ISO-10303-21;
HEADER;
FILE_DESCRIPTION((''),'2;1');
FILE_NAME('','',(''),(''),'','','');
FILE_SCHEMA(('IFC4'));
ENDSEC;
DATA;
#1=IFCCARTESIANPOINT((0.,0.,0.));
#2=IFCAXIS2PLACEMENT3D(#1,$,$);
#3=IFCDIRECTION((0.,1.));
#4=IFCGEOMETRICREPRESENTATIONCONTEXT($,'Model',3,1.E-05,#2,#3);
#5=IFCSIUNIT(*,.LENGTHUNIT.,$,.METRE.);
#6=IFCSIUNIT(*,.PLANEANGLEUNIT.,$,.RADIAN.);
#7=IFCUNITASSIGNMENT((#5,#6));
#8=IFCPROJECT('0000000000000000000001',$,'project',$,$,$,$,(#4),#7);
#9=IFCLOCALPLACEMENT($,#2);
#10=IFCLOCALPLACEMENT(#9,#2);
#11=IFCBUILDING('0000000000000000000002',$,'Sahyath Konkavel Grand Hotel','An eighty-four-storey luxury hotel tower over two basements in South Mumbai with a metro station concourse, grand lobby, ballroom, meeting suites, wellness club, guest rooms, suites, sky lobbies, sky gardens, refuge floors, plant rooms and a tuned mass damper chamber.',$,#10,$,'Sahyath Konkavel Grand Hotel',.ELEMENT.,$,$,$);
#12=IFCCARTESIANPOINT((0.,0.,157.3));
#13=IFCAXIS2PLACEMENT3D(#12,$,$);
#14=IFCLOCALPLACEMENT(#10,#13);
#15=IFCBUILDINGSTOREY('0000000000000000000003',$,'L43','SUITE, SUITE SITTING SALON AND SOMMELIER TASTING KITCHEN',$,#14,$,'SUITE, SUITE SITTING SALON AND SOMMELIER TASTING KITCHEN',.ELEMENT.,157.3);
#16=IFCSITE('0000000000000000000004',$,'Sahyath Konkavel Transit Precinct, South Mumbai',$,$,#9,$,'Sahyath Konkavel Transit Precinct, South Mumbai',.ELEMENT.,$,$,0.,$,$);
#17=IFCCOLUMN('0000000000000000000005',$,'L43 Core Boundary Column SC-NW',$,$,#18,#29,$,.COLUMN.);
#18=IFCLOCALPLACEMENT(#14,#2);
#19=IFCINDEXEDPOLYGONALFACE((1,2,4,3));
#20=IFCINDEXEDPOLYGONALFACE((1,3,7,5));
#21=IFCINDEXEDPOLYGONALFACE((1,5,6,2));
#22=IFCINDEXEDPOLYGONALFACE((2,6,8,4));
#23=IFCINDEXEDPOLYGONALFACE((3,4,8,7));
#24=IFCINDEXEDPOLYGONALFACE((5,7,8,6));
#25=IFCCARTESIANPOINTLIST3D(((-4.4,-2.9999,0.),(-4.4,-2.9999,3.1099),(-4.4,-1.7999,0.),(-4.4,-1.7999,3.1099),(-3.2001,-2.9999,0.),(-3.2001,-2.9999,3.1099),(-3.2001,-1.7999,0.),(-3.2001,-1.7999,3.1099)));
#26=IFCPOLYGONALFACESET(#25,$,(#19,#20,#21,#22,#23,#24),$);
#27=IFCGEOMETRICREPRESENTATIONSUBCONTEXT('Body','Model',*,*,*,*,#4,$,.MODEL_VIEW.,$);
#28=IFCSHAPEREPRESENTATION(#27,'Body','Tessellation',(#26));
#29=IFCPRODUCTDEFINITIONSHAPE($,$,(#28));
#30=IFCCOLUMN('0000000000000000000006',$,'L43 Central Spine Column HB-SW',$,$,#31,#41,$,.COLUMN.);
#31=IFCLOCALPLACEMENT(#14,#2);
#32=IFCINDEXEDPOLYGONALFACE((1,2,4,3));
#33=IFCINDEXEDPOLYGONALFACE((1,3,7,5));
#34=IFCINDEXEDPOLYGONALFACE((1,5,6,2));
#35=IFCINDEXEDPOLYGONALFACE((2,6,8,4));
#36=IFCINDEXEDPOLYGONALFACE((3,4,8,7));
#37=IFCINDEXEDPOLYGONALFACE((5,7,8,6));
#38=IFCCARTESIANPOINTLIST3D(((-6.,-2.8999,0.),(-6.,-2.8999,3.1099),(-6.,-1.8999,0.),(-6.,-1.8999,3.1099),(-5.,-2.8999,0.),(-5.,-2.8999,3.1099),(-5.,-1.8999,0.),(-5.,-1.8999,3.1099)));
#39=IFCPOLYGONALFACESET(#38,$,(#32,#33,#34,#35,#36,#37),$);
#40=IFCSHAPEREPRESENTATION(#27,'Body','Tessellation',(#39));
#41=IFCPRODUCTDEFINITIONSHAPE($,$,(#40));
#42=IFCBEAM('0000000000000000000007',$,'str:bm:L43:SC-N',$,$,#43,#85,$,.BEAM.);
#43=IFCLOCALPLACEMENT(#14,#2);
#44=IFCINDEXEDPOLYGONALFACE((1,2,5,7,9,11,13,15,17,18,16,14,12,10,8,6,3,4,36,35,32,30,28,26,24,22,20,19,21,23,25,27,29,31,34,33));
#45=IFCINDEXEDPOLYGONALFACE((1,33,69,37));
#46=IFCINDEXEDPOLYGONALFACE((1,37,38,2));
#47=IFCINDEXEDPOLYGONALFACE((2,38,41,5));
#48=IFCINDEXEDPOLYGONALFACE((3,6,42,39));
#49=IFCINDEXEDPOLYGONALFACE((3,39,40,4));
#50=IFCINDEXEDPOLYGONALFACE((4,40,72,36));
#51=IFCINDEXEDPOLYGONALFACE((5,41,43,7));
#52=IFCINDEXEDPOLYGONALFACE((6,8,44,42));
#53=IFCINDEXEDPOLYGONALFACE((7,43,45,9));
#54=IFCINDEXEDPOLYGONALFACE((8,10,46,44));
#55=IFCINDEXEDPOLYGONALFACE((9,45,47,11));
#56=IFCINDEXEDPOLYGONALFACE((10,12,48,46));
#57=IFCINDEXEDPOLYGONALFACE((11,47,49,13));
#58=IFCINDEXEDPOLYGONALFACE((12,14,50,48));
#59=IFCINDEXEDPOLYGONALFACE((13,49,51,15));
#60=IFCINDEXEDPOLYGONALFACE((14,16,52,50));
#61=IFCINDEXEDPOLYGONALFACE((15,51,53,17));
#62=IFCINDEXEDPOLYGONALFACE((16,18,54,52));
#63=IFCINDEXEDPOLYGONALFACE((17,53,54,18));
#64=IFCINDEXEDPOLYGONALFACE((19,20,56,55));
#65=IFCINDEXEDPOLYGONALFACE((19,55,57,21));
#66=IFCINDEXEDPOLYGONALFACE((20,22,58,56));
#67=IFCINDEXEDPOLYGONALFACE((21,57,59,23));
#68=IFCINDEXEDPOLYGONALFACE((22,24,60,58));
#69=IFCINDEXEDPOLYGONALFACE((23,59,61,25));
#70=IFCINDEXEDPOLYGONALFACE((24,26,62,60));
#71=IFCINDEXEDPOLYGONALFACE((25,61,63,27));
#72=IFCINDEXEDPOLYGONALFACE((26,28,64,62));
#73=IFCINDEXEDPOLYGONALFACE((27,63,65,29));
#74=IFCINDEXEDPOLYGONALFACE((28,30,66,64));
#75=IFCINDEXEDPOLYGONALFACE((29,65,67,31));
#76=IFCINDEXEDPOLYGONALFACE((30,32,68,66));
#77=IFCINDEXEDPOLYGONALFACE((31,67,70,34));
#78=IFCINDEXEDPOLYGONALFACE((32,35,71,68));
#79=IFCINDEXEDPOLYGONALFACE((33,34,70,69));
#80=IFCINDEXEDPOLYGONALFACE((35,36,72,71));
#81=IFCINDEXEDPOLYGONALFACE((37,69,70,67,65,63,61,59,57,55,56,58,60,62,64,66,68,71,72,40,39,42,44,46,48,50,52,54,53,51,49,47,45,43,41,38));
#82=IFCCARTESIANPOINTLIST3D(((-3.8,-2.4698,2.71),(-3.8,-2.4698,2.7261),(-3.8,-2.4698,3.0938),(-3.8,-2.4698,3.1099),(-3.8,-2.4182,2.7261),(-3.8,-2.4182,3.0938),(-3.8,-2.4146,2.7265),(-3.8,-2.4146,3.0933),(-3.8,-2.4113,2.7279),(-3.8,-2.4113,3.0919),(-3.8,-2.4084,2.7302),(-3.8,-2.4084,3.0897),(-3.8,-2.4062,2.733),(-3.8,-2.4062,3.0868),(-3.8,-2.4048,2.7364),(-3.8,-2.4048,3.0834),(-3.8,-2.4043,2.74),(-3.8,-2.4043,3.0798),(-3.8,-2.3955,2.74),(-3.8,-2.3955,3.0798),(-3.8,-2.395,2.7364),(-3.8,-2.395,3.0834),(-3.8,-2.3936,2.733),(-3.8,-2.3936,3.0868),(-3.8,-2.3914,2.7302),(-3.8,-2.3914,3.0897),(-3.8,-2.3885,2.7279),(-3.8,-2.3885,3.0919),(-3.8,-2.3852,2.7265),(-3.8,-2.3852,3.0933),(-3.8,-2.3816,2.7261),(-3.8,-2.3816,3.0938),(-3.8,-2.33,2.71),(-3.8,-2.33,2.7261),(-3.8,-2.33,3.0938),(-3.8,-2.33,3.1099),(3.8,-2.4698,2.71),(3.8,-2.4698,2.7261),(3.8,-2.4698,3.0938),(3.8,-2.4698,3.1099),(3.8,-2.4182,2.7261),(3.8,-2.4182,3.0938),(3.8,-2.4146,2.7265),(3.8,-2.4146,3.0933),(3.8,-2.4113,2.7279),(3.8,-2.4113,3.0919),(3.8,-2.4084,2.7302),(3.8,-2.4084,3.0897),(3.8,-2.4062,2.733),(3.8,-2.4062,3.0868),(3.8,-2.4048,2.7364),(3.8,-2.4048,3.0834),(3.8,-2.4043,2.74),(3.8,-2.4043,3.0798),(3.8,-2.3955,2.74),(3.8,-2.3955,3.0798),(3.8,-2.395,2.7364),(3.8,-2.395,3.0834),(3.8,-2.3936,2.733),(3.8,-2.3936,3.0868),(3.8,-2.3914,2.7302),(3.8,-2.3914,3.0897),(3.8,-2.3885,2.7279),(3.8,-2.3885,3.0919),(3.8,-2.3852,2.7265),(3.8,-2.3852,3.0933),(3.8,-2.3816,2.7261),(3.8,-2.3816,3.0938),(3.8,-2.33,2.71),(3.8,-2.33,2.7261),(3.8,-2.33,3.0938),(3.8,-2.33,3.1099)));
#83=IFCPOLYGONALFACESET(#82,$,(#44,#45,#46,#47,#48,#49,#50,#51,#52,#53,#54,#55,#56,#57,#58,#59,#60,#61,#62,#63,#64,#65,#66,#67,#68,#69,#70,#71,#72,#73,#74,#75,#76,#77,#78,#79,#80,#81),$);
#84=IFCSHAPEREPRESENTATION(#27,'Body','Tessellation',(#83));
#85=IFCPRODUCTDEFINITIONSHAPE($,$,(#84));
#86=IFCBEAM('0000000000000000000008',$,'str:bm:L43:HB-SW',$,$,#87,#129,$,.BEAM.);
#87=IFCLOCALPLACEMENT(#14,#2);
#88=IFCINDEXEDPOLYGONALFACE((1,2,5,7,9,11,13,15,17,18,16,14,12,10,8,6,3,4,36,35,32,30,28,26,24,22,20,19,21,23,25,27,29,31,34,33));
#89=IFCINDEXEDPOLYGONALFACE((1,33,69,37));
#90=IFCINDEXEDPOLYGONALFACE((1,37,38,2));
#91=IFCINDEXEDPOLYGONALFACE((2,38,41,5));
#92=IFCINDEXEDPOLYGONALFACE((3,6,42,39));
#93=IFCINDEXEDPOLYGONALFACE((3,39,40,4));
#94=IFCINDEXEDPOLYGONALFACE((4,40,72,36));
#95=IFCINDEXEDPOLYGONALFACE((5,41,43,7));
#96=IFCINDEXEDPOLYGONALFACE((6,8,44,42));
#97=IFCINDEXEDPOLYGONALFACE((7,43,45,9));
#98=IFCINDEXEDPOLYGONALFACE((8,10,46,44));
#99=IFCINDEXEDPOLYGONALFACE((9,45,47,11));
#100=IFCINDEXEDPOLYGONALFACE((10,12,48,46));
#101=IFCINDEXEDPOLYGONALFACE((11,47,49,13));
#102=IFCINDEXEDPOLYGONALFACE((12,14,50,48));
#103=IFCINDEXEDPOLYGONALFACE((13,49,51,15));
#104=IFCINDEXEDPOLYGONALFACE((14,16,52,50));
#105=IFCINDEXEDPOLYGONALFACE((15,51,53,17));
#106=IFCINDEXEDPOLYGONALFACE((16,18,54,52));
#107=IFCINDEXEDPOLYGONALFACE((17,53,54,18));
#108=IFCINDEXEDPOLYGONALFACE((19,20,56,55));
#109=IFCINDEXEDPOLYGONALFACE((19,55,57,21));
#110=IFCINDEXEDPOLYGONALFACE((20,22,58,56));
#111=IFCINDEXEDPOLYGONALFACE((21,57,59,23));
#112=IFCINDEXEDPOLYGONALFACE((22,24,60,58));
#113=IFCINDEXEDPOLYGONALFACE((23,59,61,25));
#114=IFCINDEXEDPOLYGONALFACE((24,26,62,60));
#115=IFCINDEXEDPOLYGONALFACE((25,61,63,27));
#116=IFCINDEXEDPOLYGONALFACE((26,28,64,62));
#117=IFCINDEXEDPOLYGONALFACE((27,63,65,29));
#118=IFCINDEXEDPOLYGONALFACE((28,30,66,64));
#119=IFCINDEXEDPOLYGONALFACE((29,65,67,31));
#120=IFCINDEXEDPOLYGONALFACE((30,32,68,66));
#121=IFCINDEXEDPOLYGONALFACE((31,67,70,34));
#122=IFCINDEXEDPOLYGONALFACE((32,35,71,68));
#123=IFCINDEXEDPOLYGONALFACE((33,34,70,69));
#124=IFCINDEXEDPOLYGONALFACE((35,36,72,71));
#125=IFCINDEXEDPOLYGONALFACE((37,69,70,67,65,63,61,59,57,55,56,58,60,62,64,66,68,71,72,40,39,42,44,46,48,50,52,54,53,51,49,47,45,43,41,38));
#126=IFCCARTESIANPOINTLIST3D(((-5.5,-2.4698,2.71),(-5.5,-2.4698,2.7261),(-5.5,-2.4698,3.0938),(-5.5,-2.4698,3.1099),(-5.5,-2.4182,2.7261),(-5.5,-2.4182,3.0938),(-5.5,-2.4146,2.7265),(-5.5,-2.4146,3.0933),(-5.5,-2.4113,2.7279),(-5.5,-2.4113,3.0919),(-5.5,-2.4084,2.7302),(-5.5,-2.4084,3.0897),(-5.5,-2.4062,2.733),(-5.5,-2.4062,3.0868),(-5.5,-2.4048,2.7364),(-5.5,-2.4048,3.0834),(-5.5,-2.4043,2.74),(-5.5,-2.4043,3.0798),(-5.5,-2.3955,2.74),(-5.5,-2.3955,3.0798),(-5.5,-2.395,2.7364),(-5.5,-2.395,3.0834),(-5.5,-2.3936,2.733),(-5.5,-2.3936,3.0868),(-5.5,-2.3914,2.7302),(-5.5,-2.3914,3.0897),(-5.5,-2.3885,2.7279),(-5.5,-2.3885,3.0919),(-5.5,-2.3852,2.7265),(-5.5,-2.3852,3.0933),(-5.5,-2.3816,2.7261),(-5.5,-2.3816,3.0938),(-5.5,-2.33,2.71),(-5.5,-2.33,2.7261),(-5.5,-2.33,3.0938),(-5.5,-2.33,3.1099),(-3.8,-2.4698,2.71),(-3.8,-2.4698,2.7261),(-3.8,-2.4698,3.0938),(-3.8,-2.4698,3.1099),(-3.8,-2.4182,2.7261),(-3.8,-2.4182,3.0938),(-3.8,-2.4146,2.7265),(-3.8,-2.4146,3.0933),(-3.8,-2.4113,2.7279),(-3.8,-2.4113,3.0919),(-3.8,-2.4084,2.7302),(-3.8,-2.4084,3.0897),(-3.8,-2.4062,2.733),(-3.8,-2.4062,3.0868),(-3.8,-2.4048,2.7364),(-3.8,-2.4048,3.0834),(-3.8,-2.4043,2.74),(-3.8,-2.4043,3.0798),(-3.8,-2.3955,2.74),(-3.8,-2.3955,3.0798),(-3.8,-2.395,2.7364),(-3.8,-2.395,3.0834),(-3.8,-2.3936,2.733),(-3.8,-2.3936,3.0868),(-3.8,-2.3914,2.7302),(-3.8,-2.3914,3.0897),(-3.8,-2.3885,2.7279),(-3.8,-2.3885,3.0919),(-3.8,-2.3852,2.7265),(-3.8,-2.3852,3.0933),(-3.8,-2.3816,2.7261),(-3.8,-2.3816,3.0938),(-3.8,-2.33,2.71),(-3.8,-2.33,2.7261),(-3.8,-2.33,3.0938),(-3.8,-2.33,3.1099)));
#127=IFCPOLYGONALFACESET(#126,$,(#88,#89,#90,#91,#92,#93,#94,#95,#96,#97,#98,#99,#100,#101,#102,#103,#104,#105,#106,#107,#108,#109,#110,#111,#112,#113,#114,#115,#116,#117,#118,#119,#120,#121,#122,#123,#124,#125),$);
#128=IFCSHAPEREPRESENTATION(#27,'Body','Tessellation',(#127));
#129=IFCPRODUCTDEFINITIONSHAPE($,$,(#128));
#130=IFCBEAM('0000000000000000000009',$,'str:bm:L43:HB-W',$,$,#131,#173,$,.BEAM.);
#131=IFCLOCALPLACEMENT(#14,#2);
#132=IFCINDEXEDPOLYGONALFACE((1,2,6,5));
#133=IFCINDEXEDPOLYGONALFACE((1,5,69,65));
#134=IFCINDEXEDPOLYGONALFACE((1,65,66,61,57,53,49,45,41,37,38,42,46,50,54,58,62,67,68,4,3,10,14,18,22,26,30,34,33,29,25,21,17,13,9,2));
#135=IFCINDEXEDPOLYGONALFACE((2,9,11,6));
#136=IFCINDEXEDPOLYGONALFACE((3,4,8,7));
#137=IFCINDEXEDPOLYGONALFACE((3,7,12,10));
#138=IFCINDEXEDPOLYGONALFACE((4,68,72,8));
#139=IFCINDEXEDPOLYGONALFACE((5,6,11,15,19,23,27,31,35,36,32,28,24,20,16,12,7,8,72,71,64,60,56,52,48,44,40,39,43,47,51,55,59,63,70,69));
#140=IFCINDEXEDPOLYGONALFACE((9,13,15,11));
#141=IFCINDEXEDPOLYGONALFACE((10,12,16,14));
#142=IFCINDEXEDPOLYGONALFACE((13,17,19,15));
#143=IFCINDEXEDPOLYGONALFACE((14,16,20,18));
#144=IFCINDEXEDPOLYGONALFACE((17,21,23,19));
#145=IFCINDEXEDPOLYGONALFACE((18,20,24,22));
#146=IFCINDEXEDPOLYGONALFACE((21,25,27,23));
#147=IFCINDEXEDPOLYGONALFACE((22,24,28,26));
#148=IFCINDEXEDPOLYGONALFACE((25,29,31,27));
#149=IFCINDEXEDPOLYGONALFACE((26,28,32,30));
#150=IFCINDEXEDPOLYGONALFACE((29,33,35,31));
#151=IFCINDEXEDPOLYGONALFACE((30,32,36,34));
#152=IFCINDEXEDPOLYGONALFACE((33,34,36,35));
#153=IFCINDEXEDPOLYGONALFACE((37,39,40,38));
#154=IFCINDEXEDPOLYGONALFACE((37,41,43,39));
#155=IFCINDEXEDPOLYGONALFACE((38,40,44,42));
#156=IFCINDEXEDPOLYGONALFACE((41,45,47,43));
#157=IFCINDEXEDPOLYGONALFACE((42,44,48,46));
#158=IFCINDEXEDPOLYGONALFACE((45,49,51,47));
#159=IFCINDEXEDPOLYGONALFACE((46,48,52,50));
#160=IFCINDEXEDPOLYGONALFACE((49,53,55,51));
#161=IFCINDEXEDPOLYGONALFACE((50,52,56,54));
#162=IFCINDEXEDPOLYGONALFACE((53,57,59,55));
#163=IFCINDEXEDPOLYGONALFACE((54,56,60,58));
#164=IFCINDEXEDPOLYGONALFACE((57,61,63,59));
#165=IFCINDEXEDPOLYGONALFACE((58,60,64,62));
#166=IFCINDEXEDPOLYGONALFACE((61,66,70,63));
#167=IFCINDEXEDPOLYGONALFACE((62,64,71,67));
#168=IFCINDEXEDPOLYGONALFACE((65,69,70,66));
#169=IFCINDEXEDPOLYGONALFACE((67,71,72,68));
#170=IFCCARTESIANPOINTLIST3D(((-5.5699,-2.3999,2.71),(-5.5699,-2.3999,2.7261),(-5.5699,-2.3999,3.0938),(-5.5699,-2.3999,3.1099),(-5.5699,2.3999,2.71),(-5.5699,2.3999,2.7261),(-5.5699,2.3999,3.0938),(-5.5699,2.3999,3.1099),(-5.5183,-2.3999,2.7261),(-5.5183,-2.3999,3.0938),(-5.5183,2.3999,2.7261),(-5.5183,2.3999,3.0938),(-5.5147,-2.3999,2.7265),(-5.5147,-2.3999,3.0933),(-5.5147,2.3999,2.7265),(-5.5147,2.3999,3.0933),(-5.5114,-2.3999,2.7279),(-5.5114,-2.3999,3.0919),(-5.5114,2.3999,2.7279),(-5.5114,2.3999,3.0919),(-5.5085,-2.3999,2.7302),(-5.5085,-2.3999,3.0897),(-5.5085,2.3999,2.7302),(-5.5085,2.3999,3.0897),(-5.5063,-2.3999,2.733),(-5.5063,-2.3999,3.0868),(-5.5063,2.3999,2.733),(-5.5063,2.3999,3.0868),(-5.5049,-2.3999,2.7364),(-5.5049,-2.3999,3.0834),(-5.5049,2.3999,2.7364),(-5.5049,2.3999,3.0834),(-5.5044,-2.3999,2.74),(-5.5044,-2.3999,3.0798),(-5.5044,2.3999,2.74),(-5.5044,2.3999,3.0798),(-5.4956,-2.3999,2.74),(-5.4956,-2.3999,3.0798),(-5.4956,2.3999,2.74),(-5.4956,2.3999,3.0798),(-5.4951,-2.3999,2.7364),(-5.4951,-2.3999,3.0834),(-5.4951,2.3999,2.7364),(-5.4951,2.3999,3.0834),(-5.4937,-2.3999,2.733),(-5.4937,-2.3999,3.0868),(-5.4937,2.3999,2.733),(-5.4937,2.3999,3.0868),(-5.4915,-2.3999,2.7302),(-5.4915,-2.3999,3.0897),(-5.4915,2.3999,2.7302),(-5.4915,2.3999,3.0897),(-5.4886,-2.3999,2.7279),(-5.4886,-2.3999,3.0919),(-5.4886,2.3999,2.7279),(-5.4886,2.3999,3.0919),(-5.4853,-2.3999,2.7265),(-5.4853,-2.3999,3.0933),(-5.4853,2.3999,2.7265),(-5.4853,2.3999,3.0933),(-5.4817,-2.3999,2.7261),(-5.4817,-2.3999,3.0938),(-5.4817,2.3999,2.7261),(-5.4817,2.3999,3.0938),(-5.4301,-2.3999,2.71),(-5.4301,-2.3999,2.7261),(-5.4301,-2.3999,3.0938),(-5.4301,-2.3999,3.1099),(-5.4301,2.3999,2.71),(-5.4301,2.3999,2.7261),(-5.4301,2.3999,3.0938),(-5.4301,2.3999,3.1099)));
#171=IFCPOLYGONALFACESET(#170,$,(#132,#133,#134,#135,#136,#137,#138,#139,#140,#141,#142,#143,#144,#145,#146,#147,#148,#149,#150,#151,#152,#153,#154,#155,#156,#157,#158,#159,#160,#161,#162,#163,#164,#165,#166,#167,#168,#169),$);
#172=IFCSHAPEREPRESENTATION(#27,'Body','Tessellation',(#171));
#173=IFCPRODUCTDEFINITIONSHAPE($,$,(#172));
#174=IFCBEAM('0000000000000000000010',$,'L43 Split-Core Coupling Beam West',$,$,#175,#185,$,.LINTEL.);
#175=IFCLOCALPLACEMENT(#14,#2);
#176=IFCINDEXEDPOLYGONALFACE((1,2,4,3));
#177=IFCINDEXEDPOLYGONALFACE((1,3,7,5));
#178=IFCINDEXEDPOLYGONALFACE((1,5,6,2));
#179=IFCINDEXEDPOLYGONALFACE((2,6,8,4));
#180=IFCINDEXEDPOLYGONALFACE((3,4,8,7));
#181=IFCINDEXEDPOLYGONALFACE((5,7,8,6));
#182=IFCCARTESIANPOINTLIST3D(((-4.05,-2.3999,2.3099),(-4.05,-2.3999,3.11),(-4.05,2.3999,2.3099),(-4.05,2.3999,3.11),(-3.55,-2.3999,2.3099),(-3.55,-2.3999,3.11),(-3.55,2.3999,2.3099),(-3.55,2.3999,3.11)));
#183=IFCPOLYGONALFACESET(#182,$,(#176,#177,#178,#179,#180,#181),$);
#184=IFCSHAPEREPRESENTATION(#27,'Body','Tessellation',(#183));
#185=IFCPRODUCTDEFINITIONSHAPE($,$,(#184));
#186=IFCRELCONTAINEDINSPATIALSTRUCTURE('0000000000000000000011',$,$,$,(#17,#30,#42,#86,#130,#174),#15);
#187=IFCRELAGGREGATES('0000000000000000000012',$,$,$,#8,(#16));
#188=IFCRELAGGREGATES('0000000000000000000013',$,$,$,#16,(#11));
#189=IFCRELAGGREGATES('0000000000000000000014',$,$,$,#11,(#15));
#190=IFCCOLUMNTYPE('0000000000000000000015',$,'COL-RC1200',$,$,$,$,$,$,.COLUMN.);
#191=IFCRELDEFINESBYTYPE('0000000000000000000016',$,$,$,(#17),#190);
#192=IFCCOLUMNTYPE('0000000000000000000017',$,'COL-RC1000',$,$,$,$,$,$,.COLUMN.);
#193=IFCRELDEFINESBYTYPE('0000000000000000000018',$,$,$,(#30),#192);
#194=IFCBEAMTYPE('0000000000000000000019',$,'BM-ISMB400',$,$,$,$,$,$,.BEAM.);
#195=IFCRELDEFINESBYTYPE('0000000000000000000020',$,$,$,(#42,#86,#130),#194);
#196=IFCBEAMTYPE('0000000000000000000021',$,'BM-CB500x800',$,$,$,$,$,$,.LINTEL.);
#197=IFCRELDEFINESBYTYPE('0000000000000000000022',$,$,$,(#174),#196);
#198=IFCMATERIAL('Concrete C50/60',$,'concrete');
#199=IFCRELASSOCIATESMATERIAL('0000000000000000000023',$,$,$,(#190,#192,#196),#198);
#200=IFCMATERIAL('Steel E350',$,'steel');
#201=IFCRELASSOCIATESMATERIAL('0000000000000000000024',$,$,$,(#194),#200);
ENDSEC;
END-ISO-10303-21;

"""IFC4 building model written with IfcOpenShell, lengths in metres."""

from ifc_helpers import new_model, si_unit, direction, frame, origin, origin_2d, place, context, subcontext, project, spatial, rectangle, i_section, extrude, source, transform, mapped, material, material_profile, profile_set, type_object, element, save


model = new_model("IFC4")

# Units and contexts
model_context = context("Model", 3, precision=1e-05, world=origin(), true_north=direction((0.0, 1.0)))
body_context = subcontext(model_context, "Body", "Model", "MODEL_VIEW")
ifc_project = project(units=[si_unit("LENGTHUNIT", "METRE"), si_unit("PLANEANGLEUNIT", "RADIAN")], contexts=[model_context])

# Site, building, storey
site_placement = place(None, origin())
site = spatial("IfcSite", under=ifc_project, at=site_placement, Name="Sahyath Konkavel Transit Precinct, South Mumbai", LongName="Sahyath Konkavel Transit Precinct, South Mumbai", CompositionType="ELEMENT", RefElevation=0.0)
building_placement = place(site_placement, origin())
building = spatial("IfcBuilding", under=site, at=building_placement, Name="Sahyath Konkavel Grand Hotel", Description="An eighty-four-storey luxury hotel tower over two basements in South Mumbai with a metro station concourse, grand lobby, ballroom, meeting suites, wellness club, guest rooms, suites, sky lobbies, sky gardens, refuge floors, plant rooms and a tuned mass damper chamber.", LongName="Sahyath Konkavel Grand Hotel", CompositionType="ELEMENT")
storey_placement = place(building_placement, frame((0.0, 0.0, 157.3)))
storey = spatial("IfcBuildingStorey", under=building, at=storey_placement, Name="L43", Description="SUITE, SUITE SITTING SALON AND SOMMELIER TASTING KITCHEN", LongName="SUITE, SUITE SITTING SALON AND SOMMELIER TASTING KITCHEN", CompositionType="ELEMENT", Elevation=157.3)

# Columns
ifc_material_1 = material(Name="Concrete C50/60", Category="concrete")
ifc_material_profile_1 = material_profile(ifc_material_1, rectangle(XDim=1.2, YDim=1.2, at=origin_2d()), Name="RC 1200x1200")
ifc_profile_set_1 = profile_set([ifc_material_profile_1], Name="Concrete C50/60")
column_type_1 = type_object("IfcColumnType", Name="COL-RC1200", PredefinedType="COLUMN", material=ifc_profile_set_1)
shared_shape_1 = source(origin(), body_context, "Body", "SweptSolid", [
    extrude(rectangle(XDim=1.2, YDim=1.2, at=origin_2d()), origin(), (0.0, 0.0, 1.0), 3.1099),
])
column_1_placement = place(storey_placement, frame((-3.8, -2.3999, 0.0), z_axis=(0.0, 0.0, 1.0), x_axis=(1.0, 0.0, 0.0)))
element("IfcColumn", 1, at=column_1_placement, inside=storey, type_object=column_type_1, Name="L43 Core Boundary Column SC-NW", PredefinedType="COLUMN", context=body_context, shape_type="MappedRepresentation", body=[
    mapped(shared_shape_1, transform((0.0, 0.0, 0.0), scale=1.0)),
])
ifc_material_profile_2 = material_profile(ifc_material_1, rectangle(XDim=1.0, YDim=1.0, at=origin_2d()), Name="RC 1000x1000")
ifc_profile_set_2 = profile_set([ifc_material_profile_2], Name="Concrete C50/60")
column_type_2 = type_object("IfcColumnType", Name="COL-RC1000", PredefinedType="COLUMN", material=ifc_profile_set_2)
shared_shape_2 = source(origin(), body_context, "Body", "SweptSolid", [
    extrude(rectangle(XDim=1.0, YDim=1.0, at=origin_2d()), origin(), (0.0, 0.0, 1.0), 3.1099),
])
column_2_placement = place(storey_placement, frame((-5.5, -2.3999, 0.0), z_axis=(0.0, 0.0, 1.0), x_axis=(1.0, 0.0, 0.0)))
element("IfcColumn", 2, at=column_2_placement, inside=storey, type_object=column_type_2, Name="L43 Central Spine Column HB-SW", PredefinedType="COLUMN", context=body_context, shape_type="MappedRepresentation", body=[
    mapped(shared_shape_2, transform((0.0, 0.0, 0.0), scale=1.0)),
])

# Beams
ifc_material_2 = material(Name="Steel E350", Category="steel")
ifc_material_profile_3 = material_profile(ifc_material_2, i_section(OverallWidth=0.1399, OverallDepth=0.3999, WebThickness=0.0088, FlangeThickness=0.0161, FilletRadius=0.0139, at=origin_2d()), Name="ISMB 400")
ifc_profile_set_3 = profile_set([ifc_material_profile_3], Name="Steel E350")
beam_type_1 = type_object("IfcBeamType", Name="BM-ISMB400", PredefinedType="BEAM", material=ifc_profile_set_3)
shared_shape_3 = source(origin(), body_context, "Body", "SweptSolid", [
    extrude(i_section(OverallWidth=0.1399, OverallDepth=0.3999, WebThickness=0.0088, FlangeThickness=0.0161, FilletRadius=0.0139, at=origin_2d()), origin(), (0.0, 0.0, 1.0), 7.6001),
])
beam_1_placement = place(storey_placement, frame((-3.8, -2.3999, 2.9099), z_axis=(1.0, 0.0, 0.0), x_axis=(0.0, 1.0, 0.0)))
element("IfcBeam", 3, at=beam_1_placement, inside=storey, type_object=beam_type_1, Name="str:bm:L43:SC-N", PredefinedType="BEAM", context=body_context, shape_type="MappedRepresentation", body=[
    mapped(shared_shape_3, transform((0.0, 0.0, 0.0), scale=1.0)),
])
shared_shape_4 = source(origin(), body_context, "Body", "SweptSolid", [
    extrude(i_section(OverallWidth=0.1399, OverallDepth=0.3999, WebThickness=0.0088, FlangeThickness=0.0161, FilletRadius=0.0139, at=origin_2d()), origin(), (0.0, 0.0, 1.0), 1.7),
])
beam_2_placement = place(storey_placement, frame((-5.5, -2.3999, 2.9099), z_axis=(1.0, 0.0, 0.0), x_axis=(0.0, 1.0, 0.0)))
element("IfcBeam", 4, at=beam_2_placement, inside=storey, type_object=beam_type_1, Name="str:bm:L43:HB-SW", PredefinedType="BEAM", context=body_context, shape_type="MappedRepresentation", body=[
    mapped(shared_shape_4, transform((0.0, 0.0, 0.0), scale=1.0)),
])
shared_shape_5 = source(origin(), body_context, "Body", "SweptSolid", [
    extrude(i_section(OverallWidth=0.1399, OverallDepth=0.3999, WebThickness=0.0088, FlangeThickness=0.0161, FilletRadius=0.0139, at=origin_2d()), origin(), (0.0, 0.0, 1.0), 4.7998),
])
beam_3_placement = place(storey_placement, frame((-5.5, -2.3999, 2.9099), z_axis=(0.0, 1.0, 0.0), x_axis=(-1.0, 0.0, 0.0)))
element("IfcBeam", 5, at=beam_3_placement, inside=storey, type_object=beam_type_1, Name="str:bm:L43:HB-W", PredefinedType="BEAM", context=body_context, shape_type="MappedRepresentation", body=[
    mapped(shared_shape_5, transform((0.0, 0.0, 0.0), scale=1.0)),
])
ifc_material_profile_4 = material_profile(ifc_material_1, rectangle(XDim=0.5, YDim=0.8, at=origin_2d()), Name="RC 500x800")
ifc_profile_set_4 = profile_set([ifc_material_profile_4], Name="Concrete C50/60")
beam_type_2 = type_object("IfcBeamType", Name="BM-CB500x800", PredefinedType="LINTEL", material=ifc_profile_set_4)
shared_shape_6 = source(origin(), body_context, "Body", "SweptSolid", [
    extrude(rectangle(XDim=0.5, YDim=0.8, at=origin_2d()), origin(), (0.0, 0.0, 1.0), 4.7998),
])
beam_4_placement = place(storey_placement, frame((-3.8, -2.3999, 2.71), z_axis=(0.0, 1.0, 0.0), x_axis=(-1.0, 0.0, 0.0)))
element("IfcBeam", 6, at=beam_4_placement, inside=storey, type_object=beam_type_2, Name="L43 Split-Core Coupling Beam West", PredefinedType="LINTEL", context=body_context, shape_type="MappedRepresentation", body=[
    mapped(shared_shape_6, transform((0.0, 0.0, 0.0), scale=1.0)),
])

save(model, "model.ifc")
